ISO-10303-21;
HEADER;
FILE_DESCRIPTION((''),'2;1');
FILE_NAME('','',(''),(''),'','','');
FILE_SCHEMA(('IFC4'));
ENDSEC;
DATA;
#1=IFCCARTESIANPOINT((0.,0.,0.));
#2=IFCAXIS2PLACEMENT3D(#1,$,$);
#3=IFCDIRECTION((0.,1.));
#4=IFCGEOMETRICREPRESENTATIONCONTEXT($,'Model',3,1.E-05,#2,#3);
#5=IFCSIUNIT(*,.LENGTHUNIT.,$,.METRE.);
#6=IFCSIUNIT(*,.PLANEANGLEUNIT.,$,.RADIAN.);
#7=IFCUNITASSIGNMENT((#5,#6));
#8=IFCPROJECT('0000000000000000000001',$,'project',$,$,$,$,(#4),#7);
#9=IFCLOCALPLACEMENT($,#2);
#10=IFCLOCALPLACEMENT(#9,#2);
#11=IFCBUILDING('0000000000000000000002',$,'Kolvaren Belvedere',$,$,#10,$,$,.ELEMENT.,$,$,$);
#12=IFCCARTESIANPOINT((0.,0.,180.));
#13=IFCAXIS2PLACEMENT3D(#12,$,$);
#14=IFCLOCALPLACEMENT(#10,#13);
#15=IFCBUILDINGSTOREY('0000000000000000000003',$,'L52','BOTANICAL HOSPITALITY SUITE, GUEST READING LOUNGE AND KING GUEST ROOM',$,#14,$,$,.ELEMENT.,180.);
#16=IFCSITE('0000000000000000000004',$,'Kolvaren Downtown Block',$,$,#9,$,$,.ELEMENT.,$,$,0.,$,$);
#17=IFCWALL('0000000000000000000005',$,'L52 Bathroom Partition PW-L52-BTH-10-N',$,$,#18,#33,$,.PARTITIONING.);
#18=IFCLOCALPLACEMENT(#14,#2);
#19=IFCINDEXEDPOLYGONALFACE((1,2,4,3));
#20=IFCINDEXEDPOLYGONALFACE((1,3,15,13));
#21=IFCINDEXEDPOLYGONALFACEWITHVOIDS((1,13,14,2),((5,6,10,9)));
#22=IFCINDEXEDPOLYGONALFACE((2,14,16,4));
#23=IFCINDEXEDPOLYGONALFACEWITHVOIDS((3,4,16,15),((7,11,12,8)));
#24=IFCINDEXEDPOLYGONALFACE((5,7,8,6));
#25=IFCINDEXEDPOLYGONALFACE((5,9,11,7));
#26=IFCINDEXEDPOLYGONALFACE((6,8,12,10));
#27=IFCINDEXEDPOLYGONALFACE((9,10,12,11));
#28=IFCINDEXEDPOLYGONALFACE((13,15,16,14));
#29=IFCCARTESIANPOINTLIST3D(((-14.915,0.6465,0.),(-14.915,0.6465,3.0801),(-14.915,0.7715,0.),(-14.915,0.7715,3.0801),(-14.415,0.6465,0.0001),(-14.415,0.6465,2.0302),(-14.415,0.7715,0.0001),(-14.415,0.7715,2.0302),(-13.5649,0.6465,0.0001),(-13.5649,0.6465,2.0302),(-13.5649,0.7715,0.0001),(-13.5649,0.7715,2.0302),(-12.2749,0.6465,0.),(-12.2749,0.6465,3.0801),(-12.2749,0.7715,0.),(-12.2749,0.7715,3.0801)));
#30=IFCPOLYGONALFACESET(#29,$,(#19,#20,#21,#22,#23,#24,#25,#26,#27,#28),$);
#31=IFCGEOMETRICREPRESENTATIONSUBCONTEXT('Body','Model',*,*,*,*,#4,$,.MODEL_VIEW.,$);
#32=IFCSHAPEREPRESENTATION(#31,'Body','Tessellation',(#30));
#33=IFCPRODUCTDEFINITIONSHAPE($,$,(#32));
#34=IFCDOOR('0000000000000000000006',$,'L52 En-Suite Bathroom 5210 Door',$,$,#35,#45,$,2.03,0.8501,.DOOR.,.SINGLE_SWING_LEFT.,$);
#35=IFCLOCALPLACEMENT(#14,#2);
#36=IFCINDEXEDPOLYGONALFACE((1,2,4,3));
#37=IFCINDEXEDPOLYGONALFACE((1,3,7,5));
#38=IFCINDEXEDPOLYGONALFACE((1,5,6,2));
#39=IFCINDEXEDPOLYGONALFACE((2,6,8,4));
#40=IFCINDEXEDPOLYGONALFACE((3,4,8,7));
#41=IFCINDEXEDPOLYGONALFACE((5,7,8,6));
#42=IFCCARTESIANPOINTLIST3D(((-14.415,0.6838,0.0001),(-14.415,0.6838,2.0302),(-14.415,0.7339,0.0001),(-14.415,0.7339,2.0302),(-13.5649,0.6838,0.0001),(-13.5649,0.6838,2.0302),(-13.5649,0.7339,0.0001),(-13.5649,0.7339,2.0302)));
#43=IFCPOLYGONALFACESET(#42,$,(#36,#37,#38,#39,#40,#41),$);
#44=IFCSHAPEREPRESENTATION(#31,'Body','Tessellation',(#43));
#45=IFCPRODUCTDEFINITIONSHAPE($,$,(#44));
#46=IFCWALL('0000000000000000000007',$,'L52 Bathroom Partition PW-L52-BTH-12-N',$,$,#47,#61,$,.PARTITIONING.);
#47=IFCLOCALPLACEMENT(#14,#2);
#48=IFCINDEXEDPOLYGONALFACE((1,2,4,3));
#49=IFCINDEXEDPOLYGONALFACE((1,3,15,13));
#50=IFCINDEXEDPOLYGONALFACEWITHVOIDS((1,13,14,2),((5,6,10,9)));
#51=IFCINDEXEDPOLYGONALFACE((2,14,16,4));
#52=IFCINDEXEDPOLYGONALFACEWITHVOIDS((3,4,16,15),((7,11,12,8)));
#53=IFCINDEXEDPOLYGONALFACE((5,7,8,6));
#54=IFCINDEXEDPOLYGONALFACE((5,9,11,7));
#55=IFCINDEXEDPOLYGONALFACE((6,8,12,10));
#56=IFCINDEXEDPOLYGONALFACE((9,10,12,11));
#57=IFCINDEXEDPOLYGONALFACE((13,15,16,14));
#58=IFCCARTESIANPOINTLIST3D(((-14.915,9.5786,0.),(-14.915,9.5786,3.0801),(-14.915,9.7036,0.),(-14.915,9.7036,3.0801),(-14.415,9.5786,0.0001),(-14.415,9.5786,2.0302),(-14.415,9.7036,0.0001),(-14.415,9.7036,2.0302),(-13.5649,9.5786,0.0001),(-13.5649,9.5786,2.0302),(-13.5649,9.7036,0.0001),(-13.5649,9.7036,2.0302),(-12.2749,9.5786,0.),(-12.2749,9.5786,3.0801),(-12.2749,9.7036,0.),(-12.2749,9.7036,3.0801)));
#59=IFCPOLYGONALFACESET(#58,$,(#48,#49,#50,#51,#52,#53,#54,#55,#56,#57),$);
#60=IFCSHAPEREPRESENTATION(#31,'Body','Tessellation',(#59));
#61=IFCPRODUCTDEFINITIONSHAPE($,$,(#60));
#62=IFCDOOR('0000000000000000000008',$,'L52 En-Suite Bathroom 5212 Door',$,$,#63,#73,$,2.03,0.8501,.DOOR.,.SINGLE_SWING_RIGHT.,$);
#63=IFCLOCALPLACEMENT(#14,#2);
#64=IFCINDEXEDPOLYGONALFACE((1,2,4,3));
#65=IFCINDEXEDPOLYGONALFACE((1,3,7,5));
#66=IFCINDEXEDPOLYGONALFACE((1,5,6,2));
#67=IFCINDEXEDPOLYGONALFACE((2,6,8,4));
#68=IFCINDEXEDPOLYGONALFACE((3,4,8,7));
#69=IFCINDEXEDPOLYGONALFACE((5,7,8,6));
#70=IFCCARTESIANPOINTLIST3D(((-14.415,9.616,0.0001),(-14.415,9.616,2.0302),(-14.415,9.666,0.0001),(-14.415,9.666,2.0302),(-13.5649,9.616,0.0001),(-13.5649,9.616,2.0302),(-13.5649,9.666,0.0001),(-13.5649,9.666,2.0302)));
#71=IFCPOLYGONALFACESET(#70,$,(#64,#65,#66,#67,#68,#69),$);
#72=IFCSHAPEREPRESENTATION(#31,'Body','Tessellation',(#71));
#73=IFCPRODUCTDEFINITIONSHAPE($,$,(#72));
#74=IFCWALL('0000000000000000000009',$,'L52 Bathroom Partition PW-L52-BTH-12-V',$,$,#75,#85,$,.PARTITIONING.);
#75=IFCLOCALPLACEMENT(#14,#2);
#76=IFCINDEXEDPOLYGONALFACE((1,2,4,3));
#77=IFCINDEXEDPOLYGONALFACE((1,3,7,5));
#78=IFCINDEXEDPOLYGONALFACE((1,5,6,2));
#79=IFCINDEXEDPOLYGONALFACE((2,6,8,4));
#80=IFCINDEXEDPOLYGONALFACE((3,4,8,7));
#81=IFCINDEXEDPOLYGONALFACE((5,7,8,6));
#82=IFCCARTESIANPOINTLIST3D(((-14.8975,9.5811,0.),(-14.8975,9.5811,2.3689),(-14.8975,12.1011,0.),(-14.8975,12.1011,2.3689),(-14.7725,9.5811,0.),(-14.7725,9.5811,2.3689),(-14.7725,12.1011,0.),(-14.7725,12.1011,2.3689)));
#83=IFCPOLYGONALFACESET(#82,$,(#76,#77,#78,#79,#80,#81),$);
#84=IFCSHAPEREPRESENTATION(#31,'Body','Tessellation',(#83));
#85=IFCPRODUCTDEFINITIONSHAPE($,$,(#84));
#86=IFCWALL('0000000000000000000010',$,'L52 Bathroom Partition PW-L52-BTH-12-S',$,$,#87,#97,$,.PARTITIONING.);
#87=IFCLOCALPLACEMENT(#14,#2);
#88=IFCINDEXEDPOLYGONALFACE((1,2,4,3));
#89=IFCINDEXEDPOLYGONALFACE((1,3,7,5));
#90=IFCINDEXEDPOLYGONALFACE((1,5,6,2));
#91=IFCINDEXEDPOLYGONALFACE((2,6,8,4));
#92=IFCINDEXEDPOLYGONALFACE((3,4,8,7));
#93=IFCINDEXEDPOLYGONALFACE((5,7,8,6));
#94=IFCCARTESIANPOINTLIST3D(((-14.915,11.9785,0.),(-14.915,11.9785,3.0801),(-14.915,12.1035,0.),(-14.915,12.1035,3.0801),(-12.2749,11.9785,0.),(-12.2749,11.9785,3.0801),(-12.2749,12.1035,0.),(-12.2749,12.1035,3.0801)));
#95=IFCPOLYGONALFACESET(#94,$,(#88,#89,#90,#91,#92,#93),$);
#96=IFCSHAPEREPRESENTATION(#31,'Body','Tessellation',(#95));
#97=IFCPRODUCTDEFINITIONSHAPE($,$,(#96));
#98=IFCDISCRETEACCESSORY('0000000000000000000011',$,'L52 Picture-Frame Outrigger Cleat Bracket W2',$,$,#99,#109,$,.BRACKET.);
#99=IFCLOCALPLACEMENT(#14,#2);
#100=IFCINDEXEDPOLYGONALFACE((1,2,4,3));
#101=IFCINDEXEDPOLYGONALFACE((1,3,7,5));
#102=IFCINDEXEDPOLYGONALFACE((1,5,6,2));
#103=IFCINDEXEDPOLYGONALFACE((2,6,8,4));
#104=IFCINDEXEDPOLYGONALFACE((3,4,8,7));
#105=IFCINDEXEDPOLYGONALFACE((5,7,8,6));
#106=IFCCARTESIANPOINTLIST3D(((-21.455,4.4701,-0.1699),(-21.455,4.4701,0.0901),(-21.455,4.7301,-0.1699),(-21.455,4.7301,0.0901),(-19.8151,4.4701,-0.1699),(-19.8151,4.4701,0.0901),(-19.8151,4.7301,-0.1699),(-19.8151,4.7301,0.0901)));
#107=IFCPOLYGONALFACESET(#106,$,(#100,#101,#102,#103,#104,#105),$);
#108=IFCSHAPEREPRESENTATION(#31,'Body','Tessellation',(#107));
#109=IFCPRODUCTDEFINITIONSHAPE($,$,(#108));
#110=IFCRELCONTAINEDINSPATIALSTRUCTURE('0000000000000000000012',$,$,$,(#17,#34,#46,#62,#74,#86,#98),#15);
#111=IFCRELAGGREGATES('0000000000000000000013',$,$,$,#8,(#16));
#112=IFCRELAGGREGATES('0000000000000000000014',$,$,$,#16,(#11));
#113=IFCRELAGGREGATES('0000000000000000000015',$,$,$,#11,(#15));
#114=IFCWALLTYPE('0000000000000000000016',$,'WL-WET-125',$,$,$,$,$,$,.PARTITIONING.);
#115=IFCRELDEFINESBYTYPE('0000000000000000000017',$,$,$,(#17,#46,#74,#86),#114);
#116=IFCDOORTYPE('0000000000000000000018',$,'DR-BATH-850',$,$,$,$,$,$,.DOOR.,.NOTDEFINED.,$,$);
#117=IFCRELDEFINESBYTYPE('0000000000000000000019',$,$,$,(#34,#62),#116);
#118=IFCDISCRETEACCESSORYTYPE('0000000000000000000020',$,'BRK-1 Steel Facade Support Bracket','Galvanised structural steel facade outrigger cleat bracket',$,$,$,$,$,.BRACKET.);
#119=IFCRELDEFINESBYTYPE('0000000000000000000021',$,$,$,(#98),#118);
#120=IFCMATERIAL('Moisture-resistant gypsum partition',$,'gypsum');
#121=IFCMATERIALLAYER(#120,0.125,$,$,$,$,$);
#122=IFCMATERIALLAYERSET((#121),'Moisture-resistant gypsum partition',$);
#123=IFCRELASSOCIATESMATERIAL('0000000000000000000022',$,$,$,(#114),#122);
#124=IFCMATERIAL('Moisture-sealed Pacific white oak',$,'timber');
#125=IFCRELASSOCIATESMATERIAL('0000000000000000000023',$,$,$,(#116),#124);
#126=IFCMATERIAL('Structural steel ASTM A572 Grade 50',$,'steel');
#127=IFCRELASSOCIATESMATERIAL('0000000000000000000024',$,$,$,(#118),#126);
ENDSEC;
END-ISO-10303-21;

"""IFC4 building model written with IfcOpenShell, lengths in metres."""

from ifc_helpers import new_model, si_unit, direction, frame, frame_2d, origin, origin_2d, place, context, subcontext, project, spatial, rectangle, extrude, material, layer, layer_set, type_object, element, fill, save


model = new_model("IFC4")

# Units and contexts
model_context = context("Model", 3, precision=1e-05, world=origin(), true_north=direction((0.0, 1.0)))
body_context = subcontext(model_context, "Body", "Model", "MODEL_VIEW")
ifc_project = project(units=[si_unit("LENGTHUNIT", "METRE"), si_unit("PLANEANGLEUNIT", "RADIAN")], contexts=[model_context])

# Site, building, storey
site_placement = place(None, origin())
site = spatial("IfcSite", under=ifc_project, at=site_placement, Name="Kolvaren Downtown Block", CompositionType="ELEMENT", RefElevation=0.0)
building_placement = place(site_placement, origin())
building = spatial("IfcBuilding", under=site, at=building_placement, Name="Kolvaren Belvedere", CompositionType="ELEMENT")
storey_placement = place(building_placement, frame((0.0, 0.0, 180.0)))
storey = spatial("IfcBuildingStorey", under=building, at=storey_placement, Name="L52", Description="BOTANICAL HOSPITALITY SUITE, GUEST READING LOUNGE AND KING GUEST ROOM", CompositionType="ELEMENT", Elevation=180.0)

# Walls, openings, doors
ifc_material_1 = material(Name="Moisture-resistant gypsum partition", Category="gypsum")
ifc_layer_1 = layer(ifc_material_1, 0.125)
ifc_layer_set_1 = layer_set([ifc_layer_1], Name="Moisture-resistant gypsum partition")
wall_type_1 = type_object("IfcWallType", Name="WL-WET-125", PredefinedType="PARTITIONING", material=ifc_layer_set_1)
wall_1_placement = place(storey_placement, frame((-14.915, 0.709, 0.0), z_axis=(0.0, 0.0, 1.0), x_axis=(1.0, 0.0, 0.0)))
wall_1 = element("IfcWall", 1, at=wall_1_placement, inside=storey, type_object=wall_type_1, Name="L52 Bathroom Partition PW-L52-BTH-10-N", PredefinedType="PARTITIONING", context=body_context, shape_type="SweptSolid", body=[
    extrude(rectangle(XDim=2.6401, YDim=0.125, at=frame_2d((1.3201, 0.0))), origin(), (0.0, 0.0, 1.0), 3.0801),
])
opening_1_placement = place(wall_1_placement, frame((0.5, 0.0, 0.0)))
opening_1 = element("IfcOpeningElement", 2, at=opening_1_placement, cuts=wall_1, PredefinedType="OPENING", context=body_context, shape_type="SweptSolid", body=[
    extrude(rectangle(XDim=0.8501, YDim=2.03, at=frame_2d((0.425, 1.0151))), frame((0.0, 0.0725, 0.0), z_axis=(0.0, -1.0, 0.0), x_axis=(1.0, 0.0, 0.0)), (0.0, 0.0, 1.0), 0.145),
])
ifc_material_2 = material(Name="Moisture-sealed Pacific white oak", Category="timber")
door_type_1 = type_object("IfcDoorType", Name="DR-BATH-850", OperationType="NOTDEFINED", PredefinedType="DOOR", material=ifc_material_2)
door_1_placement = place(opening_1_placement, origin())
door_1 = element("IfcDoor", 3, at=door_1_placement, inside=storey, type_object=door_type_1, Name="L52 En-Suite Bathroom 5210 Door", OperationType="SINGLE_SWING_LEFT", OverallHeight=2.03, OverallWidth=0.8501, PredefinedType="DOOR", context=body_context, shape_type="SweptSolid", body=[
    extrude(rectangle(XDim=0.8501, YDim=2.03, at=frame_2d((0.425, 1.0151))), frame((0.0, 0.0249, 0.0), z_axis=(0.0, -1.0, 0.0), x_axis=(1.0, 0.0, 0.0)), (0.0, 0.0, 1.0), 0.05),
])
fill(opening_1, door_1)
wall_2_placement = place(storey_placement, frame((-14.915, 9.6411, 0.0), z_axis=(0.0, 0.0, 1.0), x_axis=(1.0, 0.0, 0.0)))
wall_2 = element("IfcWall", 4, at=wall_2_placement, inside=storey, type_object=wall_type_1, Name="L52 Bathroom Partition PW-L52-BTH-12-N", PredefinedType="PARTITIONING", context=body_context, shape_type="SweptSolid", body=[
    extrude(rectangle(XDim=2.6401, YDim=0.125, at=frame_2d((1.3201, 0.0))), origin(), (0.0, 0.0, 1.0), 3.0801),
])
opening_2_placement = place(wall_2_placement, frame((0.5, 0.0, 0.0)))
opening_2 = element("IfcOpeningElement", 5, at=opening_2_placement, cuts=wall_2, PredefinedType="OPENING", context=body_context, shape_type="SweptSolid", body=[
    extrude(rectangle(XDim=0.8501, YDim=2.03, at=frame_2d((0.425, 1.0151))), frame((0.0, 0.0725, 0.0), z_axis=(0.0, -1.0, 0.0), x_axis=(1.0, 0.0, 0.0)), (0.0, 0.0, 1.0), 0.145),
])
door_2_placement = place(opening_2_placement, origin())
door_2 = element("IfcDoor", 6, at=door_2_placement, inside=storey, type_object=door_type_1, Name="L52 En-Suite Bathroom 5212 Door", OperationType="SINGLE_SWING_RIGHT", OverallHeight=2.03, OverallWidth=0.8501, PredefinedType="DOOR", context=body_context, shape_type="SweptSolid", body=[
    extrude(rectangle(XDim=0.8501, YDim=2.03, at=frame_2d((0.425, 1.0151))), frame((0.0, 0.0249, 0.0), z_axis=(0.0, -1.0, 0.0), x_axis=(1.0, 0.0, 0.0)), (0.0, 0.0, 1.0), 0.05),
])
fill(opening_2, door_2)

# Walls
wall_3_placement = place(storey_placement, frame((-14.835, 9.5811, 0.0), z_axis=(0.0, 0.0, 1.0), x_axis=(0.0, 1.0, 0.0)))
element("IfcWall", 7, at=wall_3_placement, inside=storey, type_object=wall_type_1, Name="L52 Bathroom Partition PW-L52-BTH-12-V", PredefinedType="PARTITIONING", context=body_context, shape_type="SweptSolid", body=[
    extrude(rectangle(XDim=2.52, YDim=0.125, at=frame_2d((1.26, 0.0))), origin(), (0.0, 0.0, 1.0), 2.3689),
])
wall_4_placement = place(storey_placement, frame((-14.915, 12.041, 0.0), z_axis=(0.0, 0.0, 1.0), x_axis=(1.0, 0.0, 0.0)))
element("IfcWall", 8, at=wall_4_placement, inside=storey, type_object=wall_type_1, Name="L52 Bathroom Partition PW-L52-BTH-12-S", PredefinedType="PARTITIONING", context=body_context, shape_type="SweptSolid", body=[
    extrude(rectangle(XDim=2.6401, YDim=0.125, at=frame_2d((1.3201, 0.0))), origin(), (0.0, 0.0, 1.0), 3.0801),
])

# Discrete accessory
ifc_material_3 = material(Name="Structural steel ASTM A572 Grade 50", Category="steel")
discrete_accessory_type = type_object("IfcDiscreteAccessoryType", Name="BRK-1 Steel Facade Support Bracket", Description="Galvanised structural steel facade outrigger cleat bracket", PredefinedType="BRACKET", material=ifc_material_3)
discrete_accessory_placement = place(storey_placement, frame((-20.635, 4.6001, -0.1699), z_axis=(0.0, 0.0, 1.0), x_axis=(1.0, 0.0, 0.0)))
element("IfcDiscreteAccessory", 9, at=discrete_accessory_placement, inside=storey, type_object=discrete_accessory_type, Name="L52 Picture-Frame Outrigger Cleat Bracket W2", PredefinedType="BRACKET", context=body_context, shape_type="SweptSolid", body=[
    extrude(rectangle(XDim=1.6399, YDim=0.26, at=origin_2d()), origin(), (0.0, 0.0, 1.0), 0.26),
])

save(model, "model.ifc")
